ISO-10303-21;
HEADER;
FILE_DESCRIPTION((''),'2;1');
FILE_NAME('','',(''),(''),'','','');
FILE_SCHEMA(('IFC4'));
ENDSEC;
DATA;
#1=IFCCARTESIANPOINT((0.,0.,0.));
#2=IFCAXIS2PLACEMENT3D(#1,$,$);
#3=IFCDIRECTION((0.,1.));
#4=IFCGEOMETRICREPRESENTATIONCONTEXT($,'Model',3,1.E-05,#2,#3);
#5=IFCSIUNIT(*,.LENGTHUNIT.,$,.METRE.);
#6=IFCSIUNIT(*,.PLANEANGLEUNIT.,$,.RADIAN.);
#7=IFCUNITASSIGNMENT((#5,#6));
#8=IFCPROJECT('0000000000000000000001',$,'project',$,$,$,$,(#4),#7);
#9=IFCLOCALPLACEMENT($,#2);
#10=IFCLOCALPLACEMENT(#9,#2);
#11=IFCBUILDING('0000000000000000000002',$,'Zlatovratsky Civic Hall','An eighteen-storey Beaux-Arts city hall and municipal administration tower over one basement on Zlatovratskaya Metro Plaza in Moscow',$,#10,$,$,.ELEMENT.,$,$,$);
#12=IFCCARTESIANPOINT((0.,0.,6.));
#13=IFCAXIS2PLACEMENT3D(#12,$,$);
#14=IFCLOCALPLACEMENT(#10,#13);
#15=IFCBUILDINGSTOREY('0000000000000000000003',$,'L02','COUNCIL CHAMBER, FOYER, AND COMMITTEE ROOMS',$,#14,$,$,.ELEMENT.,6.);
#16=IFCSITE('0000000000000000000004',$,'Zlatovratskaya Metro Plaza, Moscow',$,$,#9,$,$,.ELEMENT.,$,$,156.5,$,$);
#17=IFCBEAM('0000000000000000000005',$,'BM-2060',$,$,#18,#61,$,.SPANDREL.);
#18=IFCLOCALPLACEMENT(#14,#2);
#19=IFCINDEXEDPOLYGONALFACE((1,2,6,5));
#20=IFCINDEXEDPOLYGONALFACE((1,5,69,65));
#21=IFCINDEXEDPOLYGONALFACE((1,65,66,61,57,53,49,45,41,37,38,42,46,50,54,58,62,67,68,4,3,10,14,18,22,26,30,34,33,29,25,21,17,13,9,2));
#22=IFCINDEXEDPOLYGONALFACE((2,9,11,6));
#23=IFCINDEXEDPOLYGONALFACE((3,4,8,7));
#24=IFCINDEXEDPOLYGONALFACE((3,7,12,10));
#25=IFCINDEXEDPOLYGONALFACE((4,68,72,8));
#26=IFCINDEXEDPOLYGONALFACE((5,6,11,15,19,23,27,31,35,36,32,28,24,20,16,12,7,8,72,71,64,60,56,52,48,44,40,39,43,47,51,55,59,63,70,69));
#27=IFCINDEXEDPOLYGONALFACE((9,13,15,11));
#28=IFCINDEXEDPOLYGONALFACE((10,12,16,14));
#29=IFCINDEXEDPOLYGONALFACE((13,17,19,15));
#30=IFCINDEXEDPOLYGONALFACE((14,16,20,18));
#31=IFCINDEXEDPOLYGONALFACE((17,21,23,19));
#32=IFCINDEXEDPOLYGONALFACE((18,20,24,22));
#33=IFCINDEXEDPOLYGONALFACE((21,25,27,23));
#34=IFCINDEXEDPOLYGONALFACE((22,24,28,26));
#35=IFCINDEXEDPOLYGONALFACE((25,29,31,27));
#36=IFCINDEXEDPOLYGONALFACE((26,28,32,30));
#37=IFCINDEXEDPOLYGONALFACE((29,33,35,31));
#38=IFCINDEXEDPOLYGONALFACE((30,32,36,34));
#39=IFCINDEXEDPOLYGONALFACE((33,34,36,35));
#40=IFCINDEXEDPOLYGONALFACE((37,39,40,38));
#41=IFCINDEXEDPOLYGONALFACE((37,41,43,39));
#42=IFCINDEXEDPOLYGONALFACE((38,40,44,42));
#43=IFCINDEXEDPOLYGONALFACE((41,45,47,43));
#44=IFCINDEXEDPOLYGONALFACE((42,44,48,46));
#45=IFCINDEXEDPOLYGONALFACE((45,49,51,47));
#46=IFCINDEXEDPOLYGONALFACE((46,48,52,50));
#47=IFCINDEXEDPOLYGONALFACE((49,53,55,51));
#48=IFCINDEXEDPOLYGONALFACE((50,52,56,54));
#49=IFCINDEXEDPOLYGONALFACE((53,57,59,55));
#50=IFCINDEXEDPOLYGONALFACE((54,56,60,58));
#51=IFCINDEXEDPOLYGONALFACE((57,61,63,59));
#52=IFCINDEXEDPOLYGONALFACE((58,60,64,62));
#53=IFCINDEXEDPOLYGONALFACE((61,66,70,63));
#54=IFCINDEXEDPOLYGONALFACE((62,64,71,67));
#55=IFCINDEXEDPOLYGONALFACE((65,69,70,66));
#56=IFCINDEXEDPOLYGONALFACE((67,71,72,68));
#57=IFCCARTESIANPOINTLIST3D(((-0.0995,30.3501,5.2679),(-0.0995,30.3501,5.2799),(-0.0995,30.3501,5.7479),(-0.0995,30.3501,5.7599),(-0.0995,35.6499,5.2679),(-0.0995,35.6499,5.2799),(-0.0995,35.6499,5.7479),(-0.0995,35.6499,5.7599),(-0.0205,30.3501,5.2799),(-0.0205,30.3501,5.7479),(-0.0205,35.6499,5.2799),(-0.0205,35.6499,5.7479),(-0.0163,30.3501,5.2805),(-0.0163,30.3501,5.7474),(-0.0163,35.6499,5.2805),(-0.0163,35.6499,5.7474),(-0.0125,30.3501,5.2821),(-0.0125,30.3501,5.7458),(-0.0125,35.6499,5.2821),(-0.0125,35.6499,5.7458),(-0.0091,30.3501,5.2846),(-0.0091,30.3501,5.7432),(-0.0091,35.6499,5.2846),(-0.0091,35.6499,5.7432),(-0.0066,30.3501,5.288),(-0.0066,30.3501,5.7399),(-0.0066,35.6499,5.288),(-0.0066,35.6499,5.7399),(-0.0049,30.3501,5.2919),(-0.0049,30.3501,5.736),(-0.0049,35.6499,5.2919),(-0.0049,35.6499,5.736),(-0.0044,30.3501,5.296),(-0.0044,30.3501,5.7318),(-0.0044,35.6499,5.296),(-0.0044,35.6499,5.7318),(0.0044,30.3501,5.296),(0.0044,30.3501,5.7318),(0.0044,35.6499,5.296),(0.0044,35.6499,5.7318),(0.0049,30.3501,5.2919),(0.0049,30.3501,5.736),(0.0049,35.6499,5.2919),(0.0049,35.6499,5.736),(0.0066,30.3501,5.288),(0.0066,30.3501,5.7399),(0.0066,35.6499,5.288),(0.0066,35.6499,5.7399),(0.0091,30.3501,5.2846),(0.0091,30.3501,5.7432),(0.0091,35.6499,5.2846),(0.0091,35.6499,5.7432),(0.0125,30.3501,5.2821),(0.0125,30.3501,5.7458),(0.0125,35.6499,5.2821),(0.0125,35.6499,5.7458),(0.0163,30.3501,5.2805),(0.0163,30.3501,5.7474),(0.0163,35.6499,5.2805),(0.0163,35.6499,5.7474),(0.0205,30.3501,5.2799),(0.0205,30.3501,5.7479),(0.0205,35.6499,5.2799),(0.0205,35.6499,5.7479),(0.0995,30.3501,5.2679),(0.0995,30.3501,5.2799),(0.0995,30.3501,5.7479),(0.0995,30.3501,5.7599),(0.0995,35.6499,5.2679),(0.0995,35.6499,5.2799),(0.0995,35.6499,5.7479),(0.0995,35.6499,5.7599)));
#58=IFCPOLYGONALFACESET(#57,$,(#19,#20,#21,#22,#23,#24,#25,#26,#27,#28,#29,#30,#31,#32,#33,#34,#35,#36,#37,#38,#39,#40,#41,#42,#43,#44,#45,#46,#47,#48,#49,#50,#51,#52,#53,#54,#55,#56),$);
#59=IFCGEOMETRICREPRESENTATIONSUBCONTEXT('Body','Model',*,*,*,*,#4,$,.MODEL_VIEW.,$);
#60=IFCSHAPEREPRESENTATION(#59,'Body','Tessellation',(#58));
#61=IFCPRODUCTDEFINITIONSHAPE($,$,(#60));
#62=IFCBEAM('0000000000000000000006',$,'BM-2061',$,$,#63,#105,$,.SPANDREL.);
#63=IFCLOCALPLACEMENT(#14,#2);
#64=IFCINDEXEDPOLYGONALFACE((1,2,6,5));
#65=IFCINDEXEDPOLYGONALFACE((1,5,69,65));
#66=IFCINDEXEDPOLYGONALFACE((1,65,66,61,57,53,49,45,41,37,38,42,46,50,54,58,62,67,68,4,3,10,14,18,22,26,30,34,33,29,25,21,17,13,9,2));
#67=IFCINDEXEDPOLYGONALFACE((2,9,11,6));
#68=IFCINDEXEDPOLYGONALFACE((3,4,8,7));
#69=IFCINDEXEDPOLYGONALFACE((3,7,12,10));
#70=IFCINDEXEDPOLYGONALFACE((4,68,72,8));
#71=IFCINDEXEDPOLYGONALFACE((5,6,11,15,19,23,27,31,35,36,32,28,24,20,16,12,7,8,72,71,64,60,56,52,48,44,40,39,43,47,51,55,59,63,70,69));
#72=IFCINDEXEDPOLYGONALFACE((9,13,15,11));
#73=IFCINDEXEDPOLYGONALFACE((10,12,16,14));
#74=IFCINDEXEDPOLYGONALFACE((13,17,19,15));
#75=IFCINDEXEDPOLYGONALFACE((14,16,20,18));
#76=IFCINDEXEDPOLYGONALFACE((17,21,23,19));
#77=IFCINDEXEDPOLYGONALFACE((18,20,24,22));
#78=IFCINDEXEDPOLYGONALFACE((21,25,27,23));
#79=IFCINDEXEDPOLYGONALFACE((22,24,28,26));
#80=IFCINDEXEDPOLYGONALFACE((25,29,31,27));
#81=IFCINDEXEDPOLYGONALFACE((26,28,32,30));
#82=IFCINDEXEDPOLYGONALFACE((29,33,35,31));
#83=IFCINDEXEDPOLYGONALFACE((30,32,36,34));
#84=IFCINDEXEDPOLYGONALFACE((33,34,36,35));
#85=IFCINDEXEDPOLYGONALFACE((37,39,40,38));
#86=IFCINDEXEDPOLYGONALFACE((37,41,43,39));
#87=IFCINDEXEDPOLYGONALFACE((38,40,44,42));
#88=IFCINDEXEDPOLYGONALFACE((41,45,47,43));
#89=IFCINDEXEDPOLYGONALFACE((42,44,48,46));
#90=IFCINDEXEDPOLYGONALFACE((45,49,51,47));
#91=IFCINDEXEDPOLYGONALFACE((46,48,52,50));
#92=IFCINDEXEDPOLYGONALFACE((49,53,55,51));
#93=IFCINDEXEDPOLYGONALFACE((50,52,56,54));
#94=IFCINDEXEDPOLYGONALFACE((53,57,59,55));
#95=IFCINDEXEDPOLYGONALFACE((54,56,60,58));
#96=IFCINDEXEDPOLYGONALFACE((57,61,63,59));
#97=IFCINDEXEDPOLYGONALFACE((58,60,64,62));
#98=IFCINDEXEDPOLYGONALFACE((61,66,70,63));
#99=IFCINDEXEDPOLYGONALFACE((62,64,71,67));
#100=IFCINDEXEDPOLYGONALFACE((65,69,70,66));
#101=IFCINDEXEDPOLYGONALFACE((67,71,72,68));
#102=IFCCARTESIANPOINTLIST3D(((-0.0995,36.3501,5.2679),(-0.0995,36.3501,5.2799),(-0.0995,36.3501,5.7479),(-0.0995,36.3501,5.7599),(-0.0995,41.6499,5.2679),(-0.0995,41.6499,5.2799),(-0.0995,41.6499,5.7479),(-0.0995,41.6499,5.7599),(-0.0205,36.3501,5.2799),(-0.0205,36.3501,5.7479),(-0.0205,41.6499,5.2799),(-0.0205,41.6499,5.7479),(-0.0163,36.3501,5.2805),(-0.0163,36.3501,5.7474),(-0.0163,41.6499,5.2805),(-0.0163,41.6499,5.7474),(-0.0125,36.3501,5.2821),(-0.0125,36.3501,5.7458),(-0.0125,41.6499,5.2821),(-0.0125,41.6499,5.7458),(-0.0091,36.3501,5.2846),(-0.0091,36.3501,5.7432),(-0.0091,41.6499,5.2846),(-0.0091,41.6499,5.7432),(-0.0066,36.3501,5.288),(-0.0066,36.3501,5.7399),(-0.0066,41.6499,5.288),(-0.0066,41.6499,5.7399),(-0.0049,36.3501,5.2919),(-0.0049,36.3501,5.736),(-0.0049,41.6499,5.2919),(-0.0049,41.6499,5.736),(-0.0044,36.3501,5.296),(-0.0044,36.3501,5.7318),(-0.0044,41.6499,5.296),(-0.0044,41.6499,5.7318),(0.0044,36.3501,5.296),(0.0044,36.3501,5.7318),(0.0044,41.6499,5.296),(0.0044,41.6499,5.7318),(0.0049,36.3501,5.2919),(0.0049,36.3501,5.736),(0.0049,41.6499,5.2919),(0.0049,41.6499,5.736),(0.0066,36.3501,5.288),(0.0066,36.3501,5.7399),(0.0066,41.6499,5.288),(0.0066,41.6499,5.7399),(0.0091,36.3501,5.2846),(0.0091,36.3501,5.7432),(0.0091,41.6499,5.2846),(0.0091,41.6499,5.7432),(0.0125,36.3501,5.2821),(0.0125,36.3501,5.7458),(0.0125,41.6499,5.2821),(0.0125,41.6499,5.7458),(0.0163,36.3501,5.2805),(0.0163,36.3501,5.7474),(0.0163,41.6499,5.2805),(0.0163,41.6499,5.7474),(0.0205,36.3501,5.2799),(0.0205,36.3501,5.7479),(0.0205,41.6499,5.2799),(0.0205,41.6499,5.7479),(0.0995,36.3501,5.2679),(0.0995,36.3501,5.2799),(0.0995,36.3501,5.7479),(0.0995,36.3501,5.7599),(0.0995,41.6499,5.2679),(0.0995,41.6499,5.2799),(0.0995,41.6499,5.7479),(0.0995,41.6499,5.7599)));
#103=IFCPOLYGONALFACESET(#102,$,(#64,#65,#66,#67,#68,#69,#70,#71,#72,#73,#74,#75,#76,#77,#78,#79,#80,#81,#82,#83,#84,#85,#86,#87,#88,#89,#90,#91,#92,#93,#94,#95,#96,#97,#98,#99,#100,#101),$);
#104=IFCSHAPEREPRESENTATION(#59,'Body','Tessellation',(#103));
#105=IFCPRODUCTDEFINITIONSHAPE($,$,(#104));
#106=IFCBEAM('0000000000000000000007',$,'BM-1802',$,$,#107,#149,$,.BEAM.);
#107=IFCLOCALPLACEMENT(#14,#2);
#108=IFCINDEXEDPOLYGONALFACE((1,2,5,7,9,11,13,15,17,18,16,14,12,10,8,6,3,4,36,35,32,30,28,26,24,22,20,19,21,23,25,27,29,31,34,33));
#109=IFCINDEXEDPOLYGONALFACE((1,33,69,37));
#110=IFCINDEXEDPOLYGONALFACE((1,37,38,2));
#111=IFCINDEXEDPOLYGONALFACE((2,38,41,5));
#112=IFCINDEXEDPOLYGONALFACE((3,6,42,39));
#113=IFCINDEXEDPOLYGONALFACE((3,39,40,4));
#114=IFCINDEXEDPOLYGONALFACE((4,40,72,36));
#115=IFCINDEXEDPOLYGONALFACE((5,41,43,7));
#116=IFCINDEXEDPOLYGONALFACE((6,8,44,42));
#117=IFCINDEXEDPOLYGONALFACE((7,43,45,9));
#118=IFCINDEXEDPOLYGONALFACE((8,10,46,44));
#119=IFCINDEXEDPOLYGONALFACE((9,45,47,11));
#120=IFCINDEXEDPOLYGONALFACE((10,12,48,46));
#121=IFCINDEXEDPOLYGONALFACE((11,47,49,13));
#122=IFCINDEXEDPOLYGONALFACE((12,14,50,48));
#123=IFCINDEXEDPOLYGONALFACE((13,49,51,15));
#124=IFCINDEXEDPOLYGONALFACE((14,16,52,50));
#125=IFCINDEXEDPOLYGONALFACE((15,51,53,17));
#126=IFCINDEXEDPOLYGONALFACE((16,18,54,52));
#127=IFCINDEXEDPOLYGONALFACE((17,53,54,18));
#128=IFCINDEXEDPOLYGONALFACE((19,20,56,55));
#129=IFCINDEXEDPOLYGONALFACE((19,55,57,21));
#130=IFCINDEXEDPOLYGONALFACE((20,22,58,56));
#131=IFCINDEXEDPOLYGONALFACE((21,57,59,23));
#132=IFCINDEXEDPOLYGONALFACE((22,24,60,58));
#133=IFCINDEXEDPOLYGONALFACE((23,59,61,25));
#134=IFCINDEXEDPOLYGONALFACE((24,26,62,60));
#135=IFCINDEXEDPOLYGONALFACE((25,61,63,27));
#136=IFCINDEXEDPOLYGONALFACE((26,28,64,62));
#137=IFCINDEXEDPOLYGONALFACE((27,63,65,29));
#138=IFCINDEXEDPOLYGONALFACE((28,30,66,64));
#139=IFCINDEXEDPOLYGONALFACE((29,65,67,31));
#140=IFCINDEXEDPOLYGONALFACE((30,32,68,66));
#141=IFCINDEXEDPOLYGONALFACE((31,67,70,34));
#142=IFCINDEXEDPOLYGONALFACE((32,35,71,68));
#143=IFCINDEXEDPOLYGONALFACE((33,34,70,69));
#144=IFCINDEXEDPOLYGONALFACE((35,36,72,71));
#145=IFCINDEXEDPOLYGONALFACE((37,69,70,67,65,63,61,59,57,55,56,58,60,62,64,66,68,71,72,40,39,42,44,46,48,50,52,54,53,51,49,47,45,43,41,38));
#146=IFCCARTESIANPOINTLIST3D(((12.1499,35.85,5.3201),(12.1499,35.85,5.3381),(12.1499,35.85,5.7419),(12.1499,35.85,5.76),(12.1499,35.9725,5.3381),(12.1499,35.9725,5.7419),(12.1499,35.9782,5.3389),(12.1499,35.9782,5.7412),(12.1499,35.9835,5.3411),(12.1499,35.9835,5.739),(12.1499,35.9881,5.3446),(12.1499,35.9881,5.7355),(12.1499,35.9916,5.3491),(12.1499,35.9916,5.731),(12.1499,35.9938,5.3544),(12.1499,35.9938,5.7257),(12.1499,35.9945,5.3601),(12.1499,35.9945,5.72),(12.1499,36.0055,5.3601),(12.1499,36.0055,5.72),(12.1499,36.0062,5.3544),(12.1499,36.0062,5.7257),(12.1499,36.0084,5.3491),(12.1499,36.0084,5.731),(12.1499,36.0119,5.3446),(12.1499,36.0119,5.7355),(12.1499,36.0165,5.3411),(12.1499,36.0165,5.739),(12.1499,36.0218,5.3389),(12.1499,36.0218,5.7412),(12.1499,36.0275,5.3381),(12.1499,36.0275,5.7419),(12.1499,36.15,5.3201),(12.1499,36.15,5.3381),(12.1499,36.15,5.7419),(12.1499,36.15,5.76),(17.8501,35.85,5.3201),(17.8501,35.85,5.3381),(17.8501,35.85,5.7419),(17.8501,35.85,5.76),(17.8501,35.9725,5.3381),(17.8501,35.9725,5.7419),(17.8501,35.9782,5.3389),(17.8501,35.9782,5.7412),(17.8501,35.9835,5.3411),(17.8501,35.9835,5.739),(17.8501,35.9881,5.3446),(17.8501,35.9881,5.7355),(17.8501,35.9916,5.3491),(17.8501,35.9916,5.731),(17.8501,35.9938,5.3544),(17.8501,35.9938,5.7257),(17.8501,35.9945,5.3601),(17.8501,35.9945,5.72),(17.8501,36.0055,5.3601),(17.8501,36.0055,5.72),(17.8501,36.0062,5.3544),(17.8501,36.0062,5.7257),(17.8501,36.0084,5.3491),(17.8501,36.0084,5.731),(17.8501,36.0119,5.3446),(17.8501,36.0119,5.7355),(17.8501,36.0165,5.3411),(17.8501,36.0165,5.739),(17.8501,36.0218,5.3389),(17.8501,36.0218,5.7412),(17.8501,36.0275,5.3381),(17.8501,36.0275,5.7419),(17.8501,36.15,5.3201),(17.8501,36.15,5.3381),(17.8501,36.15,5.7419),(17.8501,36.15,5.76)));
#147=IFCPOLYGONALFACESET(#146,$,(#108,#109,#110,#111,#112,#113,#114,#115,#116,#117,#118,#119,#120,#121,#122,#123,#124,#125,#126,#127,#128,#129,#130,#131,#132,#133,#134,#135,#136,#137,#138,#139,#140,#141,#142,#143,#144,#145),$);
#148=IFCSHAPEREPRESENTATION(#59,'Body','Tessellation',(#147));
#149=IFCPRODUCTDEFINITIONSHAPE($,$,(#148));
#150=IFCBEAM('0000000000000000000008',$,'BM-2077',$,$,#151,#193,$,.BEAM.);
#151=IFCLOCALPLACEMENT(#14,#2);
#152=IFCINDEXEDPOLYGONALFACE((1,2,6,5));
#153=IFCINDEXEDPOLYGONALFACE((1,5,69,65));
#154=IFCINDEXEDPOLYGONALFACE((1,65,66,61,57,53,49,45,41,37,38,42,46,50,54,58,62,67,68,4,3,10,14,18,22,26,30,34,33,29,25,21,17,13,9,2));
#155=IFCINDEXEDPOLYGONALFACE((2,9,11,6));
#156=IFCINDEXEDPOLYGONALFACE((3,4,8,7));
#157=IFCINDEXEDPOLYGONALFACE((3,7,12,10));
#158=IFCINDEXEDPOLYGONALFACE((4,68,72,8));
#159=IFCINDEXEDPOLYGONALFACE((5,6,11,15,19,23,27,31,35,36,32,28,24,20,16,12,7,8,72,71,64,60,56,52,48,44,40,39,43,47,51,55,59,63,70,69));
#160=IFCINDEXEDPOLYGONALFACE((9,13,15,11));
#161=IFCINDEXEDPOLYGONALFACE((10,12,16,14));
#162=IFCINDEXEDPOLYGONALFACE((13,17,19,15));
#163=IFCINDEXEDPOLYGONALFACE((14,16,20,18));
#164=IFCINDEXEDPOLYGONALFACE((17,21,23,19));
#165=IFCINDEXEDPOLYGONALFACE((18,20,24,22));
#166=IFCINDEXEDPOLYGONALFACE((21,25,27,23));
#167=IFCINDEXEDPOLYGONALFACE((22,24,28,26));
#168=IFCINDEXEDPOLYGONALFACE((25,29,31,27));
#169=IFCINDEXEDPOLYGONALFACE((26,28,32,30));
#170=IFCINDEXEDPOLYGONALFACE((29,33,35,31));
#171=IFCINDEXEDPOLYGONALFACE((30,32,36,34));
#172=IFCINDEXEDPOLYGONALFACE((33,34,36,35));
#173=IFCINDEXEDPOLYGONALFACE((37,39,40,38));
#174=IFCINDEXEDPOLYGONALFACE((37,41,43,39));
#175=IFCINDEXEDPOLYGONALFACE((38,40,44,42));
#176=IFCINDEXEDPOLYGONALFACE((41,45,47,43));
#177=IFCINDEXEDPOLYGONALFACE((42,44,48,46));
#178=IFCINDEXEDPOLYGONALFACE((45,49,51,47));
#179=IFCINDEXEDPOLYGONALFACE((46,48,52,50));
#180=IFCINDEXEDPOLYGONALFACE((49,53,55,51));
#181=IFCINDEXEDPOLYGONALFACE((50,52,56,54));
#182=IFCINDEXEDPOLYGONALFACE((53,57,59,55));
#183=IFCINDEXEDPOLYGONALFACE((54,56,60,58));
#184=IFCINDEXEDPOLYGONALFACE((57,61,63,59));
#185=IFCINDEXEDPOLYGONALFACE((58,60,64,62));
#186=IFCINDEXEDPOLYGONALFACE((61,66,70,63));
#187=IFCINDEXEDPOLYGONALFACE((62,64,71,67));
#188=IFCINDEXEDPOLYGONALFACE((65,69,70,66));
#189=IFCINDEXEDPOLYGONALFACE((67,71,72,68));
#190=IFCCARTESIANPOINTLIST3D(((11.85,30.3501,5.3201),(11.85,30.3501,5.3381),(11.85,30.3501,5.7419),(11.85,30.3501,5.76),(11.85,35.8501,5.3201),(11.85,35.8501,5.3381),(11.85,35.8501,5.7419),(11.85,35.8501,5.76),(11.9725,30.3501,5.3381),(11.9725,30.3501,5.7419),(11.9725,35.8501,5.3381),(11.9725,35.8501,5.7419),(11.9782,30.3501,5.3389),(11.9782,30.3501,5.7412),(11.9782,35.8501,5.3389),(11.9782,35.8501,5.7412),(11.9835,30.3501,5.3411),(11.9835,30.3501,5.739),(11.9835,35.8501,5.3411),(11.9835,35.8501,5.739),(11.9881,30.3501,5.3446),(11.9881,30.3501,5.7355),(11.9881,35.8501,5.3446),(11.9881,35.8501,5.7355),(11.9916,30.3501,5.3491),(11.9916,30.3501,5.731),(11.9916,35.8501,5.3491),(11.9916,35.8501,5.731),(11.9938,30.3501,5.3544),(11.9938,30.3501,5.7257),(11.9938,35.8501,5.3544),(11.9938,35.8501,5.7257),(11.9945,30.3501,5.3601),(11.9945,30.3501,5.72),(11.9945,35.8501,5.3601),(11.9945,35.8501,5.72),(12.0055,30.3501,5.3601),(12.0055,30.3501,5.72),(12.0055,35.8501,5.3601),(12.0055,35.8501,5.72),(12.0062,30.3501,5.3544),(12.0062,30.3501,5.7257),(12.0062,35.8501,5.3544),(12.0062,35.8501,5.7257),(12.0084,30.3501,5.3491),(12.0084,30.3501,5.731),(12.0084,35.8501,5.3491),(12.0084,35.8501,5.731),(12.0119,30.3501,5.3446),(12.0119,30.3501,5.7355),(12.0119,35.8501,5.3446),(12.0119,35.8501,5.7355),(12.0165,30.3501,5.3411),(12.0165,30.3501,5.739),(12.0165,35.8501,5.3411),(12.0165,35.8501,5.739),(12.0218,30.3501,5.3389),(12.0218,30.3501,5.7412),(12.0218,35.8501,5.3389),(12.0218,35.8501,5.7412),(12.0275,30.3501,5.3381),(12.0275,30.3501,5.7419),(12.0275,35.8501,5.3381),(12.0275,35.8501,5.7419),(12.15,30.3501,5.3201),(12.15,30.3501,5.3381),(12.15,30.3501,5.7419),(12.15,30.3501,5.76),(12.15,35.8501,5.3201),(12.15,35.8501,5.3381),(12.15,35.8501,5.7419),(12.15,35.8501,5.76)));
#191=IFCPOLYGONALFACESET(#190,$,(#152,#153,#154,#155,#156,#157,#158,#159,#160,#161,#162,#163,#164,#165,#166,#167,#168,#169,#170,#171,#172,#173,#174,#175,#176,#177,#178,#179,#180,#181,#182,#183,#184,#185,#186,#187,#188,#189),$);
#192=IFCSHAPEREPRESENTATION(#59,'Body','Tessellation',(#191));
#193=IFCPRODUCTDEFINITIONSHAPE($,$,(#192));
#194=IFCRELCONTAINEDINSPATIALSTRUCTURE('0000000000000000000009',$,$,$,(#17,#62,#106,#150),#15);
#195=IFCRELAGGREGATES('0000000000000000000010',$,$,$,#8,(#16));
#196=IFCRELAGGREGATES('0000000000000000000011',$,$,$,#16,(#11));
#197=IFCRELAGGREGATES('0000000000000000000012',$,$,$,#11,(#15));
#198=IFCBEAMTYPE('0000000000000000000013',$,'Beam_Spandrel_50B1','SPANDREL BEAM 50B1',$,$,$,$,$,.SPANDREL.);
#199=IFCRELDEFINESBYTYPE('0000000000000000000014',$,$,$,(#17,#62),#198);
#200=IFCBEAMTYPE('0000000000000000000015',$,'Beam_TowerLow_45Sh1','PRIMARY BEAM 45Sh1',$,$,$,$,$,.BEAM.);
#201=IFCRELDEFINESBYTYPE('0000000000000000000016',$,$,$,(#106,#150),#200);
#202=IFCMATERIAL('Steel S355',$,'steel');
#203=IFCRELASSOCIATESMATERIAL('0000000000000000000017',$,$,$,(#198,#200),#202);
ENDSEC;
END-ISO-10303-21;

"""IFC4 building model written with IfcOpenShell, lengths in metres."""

from ifc_helpers import new_model, si_unit, direction, frame, origin, origin_2d, place, context, subcontext, project, spatial, i_section, extrude, material, material_profile, profile_set, type_object, element, save


model = new_model("IFC4")

# Units and contexts
model_context = context("Model", 3, precision=1e-05, world=origin(), true_north=direction((0.0, 1.0)))
body_context = subcontext(model_context, "Body", "Model", "MODEL_VIEW")
ifc_project = project(units=[si_unit("LENGTHUNIT", "METRE"), si_unit("PLANEANGLEUNIT", "RADIAN")], contexts=[model_context])

# Site, building, storey
site_placement = place(None, origin())
site = spatial("IfcSite", under=ifc_project, at=site_placement, Name="Zlatovratskaya Metro Plaza, Moscow", CompositionType="ELEMENT", RefElevation=156.5)
building_placement = place(site_placement, origin())
building = spatial("IfcBuilding", under=site, at=building_placement, Name="Zlatovratsky Civic Hall", Description="An eighteen-storey Beaux-Arts city hall and municipal administration tower over one basement on Zlatovratskaya Metro Plaza in Moscow", CompositionType="ELEMENT")
storey_placement = place(building_placement, frame((0.0, 0.0, 6.0)))
storey = spatial("IfcBuildingStorey", under=building, at=storey_placement, Name="L02", Description="COUNCIL CHAMBER, FOYER, AND COMMITTEE ROOMS", CompositionType="ELEMENT", Elevation=6.0)

# Shared definitions
ifc_material_1 = material(Name="Steel S355", Category="steel")

# Beams
ifc_material_profile_1 = material_profile(ifc_material_1, i_section(OverallWidth=0.199, OverallDepth=0.4919, WebThickness=0.0088, FlangeThickness=0.012, FilletRadius=0.0161, at=origin_2d()), Name="50B1")
ifc_profile_set_1 = profile_set([ifc_material_profile_1], Name="Steel S355")
beam_type_1 = type_object("IfcBeamType", Name="Beam_Spandrel_50B1", Description="SPANDREL BEAM 50B1", PredefinedType="SPANDREL", material=ifc_profile_set_1)
for number, where, z_axis, x_axis, name in (
    (1, (0.0, 30.3501, 5.5139), (0.0, 1.0, 0.0), (-1.0, 0.0, 0.0), "BM-2060"),
    (2, (0.0, 36.3501, 5.5139), (0.0, 1.0, 0.0), (-1.0, 0.0, 0.0), "BM-2061"),
):
    element("IfcBeam", number, at=place(storey_placement, frame(where, z_axis=z_axis, x_axis=x_axis)), inside=storey, type_object=beam_type_1, Name=name, PredefinedType="SPANDREL", context=body_context, shape_type="SweptSolid", body=[
        extrude(i_section(OverallWidth=0.199, OverallDepth=0.4919, WebThickness=0.0088, FlangeThickness=0.012, FilletRadius=0.0161, at=origin_2d()), origin(), (0.0, 0.0, 1.0), 5.2998),
    ])
ifc_material_profile_2 = material_profile(ifc_material_1, i_section(OverallWidth=0.3, OverallDepth=0.4399, WebThickness=0.011, FlangeThickness=0.0181, FilletRadius=0.022, at=origin_2d()), Name="45Sh1")
ifc_profile_set_2 = profile_set([ifc_material_profile_2], Name="Steel S355")
beam_type_2 = type_object("IfcBeamType", Name="Beam_TowerLow_45Sh1", Description="PRIMARY BEAM 45Sh1", PredefinedType="BEAM", material=ifc_profile_set_2)
beam_1_placement = place(storey_placement, frame((12.1499, 36.0, 5.54), z_axis=(1.0, 0.0, 0.0), x_axis=(0.0, 1.0, 0.0)))
element("IfcBeam", 3, at=beam_1_placement, inside=storey, type_object=beam_type_2, Name="BM-1802", PredefinedType="BEAM", context=body_context, shape_type="SweptSolid", body=[
    extrude(i_section(OverallWidth=0.3, OverallDepth=0.4399, WebThickness=0.011, FlangeThickness=0.0181, FilletRadius=0.022, at=origin_2d()), origin(), (0.0, 0.0, 1.0), 5.7002),
])
beam_2_placement = place(storey_placement, frame((12.0, 30.3501, 5.54), z_axis=(0.0, 1.0, 0.0), x_axis=(-1.0, 0.0, 0.0)))
element("IfcBeam", 4, at=beam_2_placement, inside=storey, type_object=beam_type_2, Name="BM-2077", PredefinedType="BEAM", context=body_context, shape_type="SweptSolid", body=[
    extrude(i_section(OverallWidth=0.3, OverallDepth=0.4399, WebThickness=0.011, FlangeThickness=0.0181, FilletRadius=0.022, at=origin_2d()), origin(), (0.0, 0.0, 1.0), 5.5),
])

save(model, "model.ifc")
